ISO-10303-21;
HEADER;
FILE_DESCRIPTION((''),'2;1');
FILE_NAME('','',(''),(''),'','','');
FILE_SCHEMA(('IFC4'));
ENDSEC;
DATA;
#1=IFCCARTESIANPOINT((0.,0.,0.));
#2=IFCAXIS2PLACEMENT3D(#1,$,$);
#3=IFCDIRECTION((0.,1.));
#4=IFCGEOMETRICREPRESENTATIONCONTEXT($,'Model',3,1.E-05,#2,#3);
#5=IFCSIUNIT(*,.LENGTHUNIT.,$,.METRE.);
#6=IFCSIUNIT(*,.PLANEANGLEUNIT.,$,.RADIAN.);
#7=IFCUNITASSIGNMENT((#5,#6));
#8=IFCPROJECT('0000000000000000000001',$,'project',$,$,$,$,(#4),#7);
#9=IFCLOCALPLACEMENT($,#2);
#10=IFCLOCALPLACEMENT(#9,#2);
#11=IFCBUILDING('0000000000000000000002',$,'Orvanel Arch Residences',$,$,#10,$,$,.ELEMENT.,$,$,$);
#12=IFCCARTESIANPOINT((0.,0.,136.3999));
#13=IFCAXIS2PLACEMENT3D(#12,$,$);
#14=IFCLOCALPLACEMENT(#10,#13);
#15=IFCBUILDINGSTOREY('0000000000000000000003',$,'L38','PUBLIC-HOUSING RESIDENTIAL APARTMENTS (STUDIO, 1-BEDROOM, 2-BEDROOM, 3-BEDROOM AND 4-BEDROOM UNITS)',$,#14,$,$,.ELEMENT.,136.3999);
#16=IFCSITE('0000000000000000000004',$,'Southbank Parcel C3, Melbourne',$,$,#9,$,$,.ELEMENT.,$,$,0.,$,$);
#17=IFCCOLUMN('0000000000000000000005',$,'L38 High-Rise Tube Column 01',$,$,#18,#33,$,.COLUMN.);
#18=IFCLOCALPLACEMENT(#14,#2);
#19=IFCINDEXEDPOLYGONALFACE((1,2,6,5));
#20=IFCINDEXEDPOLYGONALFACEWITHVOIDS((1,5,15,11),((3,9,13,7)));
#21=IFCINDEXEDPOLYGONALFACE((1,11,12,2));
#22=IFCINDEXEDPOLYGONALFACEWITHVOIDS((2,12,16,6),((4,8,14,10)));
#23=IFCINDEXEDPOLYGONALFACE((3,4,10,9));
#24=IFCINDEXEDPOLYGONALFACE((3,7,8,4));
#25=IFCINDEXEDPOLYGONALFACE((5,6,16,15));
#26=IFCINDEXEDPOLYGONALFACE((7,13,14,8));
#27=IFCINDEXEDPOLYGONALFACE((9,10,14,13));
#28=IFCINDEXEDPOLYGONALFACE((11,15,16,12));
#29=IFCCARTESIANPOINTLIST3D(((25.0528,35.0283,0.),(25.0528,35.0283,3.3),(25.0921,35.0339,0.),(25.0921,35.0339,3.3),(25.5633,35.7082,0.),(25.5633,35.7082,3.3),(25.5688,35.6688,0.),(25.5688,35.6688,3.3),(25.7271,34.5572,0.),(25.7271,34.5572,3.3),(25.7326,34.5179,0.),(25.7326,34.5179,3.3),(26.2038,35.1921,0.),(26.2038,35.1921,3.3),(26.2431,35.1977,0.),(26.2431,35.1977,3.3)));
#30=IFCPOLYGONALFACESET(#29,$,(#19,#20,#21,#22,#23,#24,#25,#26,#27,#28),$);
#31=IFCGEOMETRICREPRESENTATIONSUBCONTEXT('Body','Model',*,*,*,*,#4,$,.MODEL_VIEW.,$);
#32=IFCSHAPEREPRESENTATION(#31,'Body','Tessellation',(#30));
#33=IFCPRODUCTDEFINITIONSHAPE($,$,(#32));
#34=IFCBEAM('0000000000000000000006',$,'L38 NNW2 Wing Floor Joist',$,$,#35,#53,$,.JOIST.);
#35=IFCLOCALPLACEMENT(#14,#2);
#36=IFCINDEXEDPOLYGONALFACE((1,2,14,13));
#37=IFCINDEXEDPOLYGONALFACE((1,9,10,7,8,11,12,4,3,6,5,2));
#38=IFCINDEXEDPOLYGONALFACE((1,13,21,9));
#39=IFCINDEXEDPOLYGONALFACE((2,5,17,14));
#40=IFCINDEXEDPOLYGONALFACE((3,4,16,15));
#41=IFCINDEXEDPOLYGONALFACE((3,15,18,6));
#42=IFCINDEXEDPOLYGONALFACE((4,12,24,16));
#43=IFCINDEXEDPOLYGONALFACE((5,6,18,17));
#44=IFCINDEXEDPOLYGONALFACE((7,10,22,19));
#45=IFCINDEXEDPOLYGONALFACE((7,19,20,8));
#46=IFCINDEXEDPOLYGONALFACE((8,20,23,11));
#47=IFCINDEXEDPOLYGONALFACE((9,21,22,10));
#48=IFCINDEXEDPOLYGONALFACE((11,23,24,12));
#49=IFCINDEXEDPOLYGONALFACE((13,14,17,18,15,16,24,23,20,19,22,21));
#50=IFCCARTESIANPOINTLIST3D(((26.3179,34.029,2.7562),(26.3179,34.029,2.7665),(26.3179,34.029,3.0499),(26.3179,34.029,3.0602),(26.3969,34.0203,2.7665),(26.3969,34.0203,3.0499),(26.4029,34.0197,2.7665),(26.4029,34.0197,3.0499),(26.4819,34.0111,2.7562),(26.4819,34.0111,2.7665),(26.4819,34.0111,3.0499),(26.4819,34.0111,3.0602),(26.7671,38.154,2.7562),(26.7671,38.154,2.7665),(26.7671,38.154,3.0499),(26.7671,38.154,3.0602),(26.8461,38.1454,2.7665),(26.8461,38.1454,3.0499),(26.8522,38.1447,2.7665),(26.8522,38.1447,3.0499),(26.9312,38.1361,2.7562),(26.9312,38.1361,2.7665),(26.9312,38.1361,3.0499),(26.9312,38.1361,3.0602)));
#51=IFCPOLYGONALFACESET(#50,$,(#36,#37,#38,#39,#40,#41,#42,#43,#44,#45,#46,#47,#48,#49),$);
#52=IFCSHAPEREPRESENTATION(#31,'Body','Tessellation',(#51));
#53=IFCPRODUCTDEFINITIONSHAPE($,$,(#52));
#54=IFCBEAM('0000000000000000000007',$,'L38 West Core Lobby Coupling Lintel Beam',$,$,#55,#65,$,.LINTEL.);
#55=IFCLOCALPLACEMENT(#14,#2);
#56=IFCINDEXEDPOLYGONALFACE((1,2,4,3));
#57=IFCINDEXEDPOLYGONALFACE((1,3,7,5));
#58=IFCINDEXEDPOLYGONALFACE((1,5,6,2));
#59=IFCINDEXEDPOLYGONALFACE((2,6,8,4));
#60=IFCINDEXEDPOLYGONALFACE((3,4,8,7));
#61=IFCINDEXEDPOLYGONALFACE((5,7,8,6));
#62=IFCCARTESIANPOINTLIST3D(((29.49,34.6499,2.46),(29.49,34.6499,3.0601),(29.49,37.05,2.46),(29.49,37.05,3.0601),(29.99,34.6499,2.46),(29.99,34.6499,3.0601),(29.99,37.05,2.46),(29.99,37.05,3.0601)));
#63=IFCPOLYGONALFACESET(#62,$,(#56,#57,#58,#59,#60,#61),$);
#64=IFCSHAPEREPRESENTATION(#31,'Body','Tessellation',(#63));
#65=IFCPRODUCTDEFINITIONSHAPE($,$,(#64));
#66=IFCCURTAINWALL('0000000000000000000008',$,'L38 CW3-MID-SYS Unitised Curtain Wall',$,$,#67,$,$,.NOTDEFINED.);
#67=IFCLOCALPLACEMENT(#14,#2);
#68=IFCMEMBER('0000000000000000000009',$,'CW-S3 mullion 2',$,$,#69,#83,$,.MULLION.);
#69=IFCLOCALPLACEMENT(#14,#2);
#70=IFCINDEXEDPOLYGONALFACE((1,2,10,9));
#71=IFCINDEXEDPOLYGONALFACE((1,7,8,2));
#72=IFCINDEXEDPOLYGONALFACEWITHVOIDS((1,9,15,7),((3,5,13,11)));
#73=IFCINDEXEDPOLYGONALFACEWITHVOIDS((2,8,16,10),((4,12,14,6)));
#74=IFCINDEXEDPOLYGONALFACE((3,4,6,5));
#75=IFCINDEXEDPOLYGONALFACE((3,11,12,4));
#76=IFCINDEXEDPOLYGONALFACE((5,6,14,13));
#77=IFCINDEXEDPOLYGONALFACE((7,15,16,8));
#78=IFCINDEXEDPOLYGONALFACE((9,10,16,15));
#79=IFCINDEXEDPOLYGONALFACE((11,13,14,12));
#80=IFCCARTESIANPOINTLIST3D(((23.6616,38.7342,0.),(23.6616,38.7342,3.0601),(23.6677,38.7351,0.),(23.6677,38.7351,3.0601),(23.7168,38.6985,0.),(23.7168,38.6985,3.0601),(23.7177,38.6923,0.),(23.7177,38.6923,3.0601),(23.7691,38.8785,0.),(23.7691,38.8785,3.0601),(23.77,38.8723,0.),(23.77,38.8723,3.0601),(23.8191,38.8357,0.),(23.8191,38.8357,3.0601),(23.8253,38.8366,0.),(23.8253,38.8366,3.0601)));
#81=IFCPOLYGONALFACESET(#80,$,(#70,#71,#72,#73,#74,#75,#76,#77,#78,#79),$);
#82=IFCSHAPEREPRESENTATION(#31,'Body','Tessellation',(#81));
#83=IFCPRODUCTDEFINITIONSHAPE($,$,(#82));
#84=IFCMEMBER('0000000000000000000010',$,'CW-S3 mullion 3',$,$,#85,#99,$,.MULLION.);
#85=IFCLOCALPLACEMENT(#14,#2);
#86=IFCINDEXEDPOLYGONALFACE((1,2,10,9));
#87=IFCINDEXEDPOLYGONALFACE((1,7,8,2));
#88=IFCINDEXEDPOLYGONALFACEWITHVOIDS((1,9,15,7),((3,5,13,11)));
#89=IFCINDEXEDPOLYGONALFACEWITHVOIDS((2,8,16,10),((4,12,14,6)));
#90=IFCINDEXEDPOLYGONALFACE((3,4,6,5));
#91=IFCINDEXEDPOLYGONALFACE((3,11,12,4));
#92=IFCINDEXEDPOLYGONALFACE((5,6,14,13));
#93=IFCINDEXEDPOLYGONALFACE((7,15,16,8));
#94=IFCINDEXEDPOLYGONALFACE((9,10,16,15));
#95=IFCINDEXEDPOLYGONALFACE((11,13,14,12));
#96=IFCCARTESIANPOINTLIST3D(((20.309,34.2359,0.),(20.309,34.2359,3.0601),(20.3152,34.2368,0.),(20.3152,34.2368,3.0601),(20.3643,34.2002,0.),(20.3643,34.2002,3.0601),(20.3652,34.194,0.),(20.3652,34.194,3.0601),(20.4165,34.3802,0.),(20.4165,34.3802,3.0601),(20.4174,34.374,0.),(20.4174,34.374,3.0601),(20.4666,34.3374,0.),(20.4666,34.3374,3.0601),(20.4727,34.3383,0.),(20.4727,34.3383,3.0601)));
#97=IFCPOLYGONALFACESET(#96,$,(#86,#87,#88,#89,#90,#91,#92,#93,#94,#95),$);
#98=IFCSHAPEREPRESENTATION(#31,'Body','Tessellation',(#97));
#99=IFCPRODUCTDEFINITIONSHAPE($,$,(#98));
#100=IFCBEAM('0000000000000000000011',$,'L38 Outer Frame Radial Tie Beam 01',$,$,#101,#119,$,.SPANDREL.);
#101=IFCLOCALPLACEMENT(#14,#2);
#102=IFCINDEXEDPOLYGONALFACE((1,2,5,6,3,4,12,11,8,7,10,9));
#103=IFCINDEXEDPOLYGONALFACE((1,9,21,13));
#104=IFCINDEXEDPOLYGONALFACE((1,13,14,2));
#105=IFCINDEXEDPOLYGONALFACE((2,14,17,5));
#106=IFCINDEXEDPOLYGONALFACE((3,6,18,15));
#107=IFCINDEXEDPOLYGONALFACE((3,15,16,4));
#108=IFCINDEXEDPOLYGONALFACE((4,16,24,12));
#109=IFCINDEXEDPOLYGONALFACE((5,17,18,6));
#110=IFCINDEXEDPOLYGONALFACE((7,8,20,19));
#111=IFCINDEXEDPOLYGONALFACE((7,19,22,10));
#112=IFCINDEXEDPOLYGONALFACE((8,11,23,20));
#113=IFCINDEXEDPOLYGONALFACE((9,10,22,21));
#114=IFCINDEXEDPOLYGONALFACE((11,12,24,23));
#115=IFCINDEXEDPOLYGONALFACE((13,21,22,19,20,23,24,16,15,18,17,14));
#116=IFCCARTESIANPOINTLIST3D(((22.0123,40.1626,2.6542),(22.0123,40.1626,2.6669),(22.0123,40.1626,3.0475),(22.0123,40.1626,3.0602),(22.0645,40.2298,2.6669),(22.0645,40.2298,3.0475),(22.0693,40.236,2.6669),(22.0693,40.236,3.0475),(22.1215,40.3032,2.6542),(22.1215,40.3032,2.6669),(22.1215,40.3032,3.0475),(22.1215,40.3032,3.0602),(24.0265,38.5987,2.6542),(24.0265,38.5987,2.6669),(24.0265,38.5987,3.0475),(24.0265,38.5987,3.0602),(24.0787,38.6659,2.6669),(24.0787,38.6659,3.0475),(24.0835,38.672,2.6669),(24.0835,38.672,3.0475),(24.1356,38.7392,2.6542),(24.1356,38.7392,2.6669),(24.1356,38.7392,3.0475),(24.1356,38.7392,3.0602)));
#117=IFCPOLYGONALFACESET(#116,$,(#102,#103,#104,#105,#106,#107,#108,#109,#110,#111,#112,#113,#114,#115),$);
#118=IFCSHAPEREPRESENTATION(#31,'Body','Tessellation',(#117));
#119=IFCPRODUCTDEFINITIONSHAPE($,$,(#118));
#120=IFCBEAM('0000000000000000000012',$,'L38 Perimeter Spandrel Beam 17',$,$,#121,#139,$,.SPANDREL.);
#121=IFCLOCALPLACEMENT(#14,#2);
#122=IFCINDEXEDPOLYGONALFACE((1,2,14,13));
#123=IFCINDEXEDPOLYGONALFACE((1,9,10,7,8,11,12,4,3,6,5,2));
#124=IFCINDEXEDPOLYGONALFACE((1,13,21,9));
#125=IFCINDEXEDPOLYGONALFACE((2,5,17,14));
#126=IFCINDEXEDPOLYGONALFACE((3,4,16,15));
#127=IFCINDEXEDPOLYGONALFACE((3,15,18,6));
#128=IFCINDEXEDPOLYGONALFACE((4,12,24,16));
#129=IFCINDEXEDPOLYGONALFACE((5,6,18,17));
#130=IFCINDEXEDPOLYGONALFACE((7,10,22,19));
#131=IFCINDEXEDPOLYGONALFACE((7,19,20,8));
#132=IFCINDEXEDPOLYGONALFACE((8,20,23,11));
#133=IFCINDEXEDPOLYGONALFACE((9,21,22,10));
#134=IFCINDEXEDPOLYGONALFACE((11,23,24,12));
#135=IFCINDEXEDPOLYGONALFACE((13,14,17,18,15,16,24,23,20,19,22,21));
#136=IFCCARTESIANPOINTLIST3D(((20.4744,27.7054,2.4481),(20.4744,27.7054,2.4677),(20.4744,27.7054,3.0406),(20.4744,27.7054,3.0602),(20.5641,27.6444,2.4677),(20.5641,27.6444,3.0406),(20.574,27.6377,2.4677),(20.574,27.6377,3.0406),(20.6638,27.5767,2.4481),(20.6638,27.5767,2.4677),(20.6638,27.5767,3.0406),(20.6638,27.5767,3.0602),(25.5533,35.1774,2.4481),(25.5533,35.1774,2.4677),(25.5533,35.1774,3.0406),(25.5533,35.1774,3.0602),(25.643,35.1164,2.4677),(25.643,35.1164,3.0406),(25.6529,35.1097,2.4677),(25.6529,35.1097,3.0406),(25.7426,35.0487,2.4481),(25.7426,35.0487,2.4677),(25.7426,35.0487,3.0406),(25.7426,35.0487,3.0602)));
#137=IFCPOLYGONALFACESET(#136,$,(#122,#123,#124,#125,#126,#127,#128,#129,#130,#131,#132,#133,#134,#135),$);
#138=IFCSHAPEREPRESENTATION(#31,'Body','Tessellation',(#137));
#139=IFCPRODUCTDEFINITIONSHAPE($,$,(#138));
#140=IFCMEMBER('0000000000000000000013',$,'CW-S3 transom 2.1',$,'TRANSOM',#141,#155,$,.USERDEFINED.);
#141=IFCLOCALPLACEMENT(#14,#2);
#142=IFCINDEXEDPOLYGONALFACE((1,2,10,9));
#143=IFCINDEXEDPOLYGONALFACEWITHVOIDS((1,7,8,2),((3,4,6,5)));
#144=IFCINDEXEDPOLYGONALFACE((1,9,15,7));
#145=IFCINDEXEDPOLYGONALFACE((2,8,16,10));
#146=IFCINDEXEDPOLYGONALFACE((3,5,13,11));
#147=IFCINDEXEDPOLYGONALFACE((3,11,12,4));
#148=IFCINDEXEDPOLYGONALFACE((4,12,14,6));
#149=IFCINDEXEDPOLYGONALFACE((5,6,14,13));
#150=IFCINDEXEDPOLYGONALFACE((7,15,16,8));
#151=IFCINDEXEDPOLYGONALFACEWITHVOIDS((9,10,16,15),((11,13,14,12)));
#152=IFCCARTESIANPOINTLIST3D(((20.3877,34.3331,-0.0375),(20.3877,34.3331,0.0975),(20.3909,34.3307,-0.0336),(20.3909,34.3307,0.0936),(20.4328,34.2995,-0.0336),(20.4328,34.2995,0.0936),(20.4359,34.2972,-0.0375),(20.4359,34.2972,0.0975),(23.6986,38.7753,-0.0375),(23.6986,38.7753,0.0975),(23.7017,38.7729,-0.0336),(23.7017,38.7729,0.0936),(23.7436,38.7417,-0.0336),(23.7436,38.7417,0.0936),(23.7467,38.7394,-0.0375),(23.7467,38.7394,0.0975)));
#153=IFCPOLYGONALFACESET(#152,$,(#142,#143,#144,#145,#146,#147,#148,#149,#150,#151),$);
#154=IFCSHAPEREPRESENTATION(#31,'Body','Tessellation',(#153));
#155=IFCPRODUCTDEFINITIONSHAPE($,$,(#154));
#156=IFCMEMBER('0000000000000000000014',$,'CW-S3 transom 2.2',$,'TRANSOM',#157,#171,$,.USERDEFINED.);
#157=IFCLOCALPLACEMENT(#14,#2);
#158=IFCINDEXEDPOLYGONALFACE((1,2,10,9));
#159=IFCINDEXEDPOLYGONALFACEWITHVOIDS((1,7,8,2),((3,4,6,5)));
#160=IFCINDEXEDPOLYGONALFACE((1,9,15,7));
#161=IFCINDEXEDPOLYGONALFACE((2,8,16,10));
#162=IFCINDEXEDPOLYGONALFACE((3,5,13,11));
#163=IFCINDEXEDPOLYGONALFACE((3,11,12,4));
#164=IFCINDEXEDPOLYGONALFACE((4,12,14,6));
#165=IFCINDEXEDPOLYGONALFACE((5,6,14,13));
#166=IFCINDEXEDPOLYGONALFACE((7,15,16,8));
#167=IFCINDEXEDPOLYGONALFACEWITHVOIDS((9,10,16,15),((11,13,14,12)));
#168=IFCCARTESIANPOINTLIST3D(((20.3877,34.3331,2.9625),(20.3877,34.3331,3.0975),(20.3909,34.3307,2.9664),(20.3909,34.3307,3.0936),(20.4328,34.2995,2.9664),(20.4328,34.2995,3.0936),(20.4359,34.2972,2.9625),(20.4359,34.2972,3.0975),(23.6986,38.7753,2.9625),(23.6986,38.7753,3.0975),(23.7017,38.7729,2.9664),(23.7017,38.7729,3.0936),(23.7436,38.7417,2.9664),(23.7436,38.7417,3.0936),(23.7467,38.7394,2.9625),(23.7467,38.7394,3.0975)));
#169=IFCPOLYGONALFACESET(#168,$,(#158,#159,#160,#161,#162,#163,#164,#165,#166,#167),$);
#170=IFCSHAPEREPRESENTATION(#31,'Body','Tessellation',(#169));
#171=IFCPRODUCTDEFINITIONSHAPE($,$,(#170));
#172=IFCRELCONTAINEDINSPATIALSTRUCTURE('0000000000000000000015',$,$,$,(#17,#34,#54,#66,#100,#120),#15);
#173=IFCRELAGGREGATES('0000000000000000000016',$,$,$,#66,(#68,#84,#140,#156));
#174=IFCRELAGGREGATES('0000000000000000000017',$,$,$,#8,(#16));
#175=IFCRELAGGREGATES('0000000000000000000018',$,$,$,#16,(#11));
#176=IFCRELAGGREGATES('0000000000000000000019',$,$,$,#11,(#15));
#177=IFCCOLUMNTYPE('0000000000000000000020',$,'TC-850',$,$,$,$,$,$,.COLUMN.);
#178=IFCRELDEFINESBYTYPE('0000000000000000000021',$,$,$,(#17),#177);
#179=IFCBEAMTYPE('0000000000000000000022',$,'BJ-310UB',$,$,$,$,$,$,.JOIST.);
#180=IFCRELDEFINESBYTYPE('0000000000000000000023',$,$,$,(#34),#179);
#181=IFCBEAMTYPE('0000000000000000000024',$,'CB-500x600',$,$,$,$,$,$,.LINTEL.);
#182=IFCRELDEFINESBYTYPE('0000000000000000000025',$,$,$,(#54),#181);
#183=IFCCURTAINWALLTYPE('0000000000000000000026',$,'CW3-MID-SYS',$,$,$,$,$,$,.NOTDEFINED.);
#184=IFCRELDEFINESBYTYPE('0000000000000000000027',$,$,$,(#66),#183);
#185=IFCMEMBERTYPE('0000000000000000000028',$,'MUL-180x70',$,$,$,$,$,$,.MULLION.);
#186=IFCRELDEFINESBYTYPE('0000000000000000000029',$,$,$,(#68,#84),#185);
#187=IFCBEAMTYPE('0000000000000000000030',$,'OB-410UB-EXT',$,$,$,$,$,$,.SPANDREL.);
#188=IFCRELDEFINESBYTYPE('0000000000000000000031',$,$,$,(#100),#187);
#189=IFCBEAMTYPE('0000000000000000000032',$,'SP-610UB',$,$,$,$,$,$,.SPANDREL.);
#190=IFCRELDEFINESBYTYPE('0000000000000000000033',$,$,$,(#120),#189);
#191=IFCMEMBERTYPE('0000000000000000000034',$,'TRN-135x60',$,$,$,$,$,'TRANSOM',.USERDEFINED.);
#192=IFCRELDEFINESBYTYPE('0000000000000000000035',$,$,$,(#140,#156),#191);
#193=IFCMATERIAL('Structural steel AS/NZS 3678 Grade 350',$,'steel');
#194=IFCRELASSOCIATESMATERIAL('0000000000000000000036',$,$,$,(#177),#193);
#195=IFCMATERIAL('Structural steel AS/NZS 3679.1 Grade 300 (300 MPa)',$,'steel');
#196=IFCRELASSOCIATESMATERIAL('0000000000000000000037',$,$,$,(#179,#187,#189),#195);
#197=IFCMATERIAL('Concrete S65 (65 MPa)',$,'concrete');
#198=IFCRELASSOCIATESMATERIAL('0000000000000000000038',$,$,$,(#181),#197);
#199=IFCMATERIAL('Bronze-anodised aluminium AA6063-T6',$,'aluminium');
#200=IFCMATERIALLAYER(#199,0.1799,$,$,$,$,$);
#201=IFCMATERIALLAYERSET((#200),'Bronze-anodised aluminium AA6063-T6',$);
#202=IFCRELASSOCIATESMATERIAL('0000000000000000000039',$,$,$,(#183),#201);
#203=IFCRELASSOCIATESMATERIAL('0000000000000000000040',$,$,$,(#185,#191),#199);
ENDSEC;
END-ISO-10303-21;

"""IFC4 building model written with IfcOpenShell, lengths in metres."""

from ifc_helpers import new_model, si_unit, direction, frame, origin, origin_2d, place, context, subcontext, project, spatial, rectangle, hollow_rectangle, i_section, extrude, material, layer, layer_set, material_profile, profile_set, type_object, element, aggregate, save


model = new_model("IFC4")

# Units and contexts
model_context = context("Model", 3, precision=1e-05, world=origin(), true_north=direction((0.0, 1.0)))
body_context = subcontext(model_context, "Body", "Model", "MODEL_VIEW")
ifc_project = project(units=[si_unit("LENGTHUNIT", "METRE"), si_unit("PLANEANGLEUNIT", "RADIAN")], contexts=[model_context])

# Site, building, storey
site_placement = place(None, origin())
site = spatial("IfcSite", under=ifc_project, at=site_placement, Name="Southbank Parcel C3, Melbourne", CompositionType="ELEMENT", RefElevation=0.0)
building_placement = place(site_placement, origin())
building = spatial("IfcBuilding", under=site, at=building_placement, Name="Orvanel Arch Residences", CompositionType="ELEMENT")
storey_placement = place(building_placement, frame((0.0, 0.0, 136.3999)))
storey = spatial("IfcBuildingStorey", under=building, at=storey_placement, Name="L38", Description="PUBLIC-HOUSING RESIDENTIAL APARTMENTS (STUDIO, 1-BEDROOM, 2-BEDROOM, 3-BEDROOM AND 4-BEDROOM UNITS)", CompositionType="ELEMENT", Elevation=136.3999)

# Column
ifc_material_1 = material(Name="Structural steel AS/NZS 3678 Grade 350", Category="steel")
ifc_material_profile_1 = material_profile(ifc_material_1, hollow_rectangle(XDim=0.8501, YDim=0.8501, WallThickness=0.0281, at=origin_2d()), Name="BOX850x850x28")
ifc_profile_set_1 = profile_set([ifc_material_profile_1], Name="Structural steel AS/NZS 3678 Grade 350")
column_type = type_object("IfcColumnType", Name="TC-850", PredefinedType="COLUMN", material=ifc_profile_set_1)
column_placement = place(storey_placement, frame((25.6479, 35.113, 0.0), z_axis=(0.0, 0.0, 1.0), x_axis=(0.60042, 0.799685, 0.0)))
element("IfcColumn", 1, at=column_placement, inside=storey, type_object=column_type, Name="L38 High-Rise Tube Column 01", PredefinedType="COLUMN", context=body_context, shape_type="SweptSolid", body=[
    extrude(hollow_rectangle(XDim=0.8501, YDim=0.8501, WallThickness=0.0281, at=origin_2d()), origin(), (0.0, 0.0, 1.0), 3.3),
])

# Beams
ifc_material_2 = material(Name="Structural steel AS/NZS 3679.1 Grade 300 (300 MPa)", Category="steel")
ifc_material_profile_2 = material_profile(ifc_material_2, i_section(OverallWidth=0.165, OverallDepth=0.304, WebThickness=0.0061, FlangeThickness=0.0103, at=origin_2d()), Name="310UB40.4")
ifc_profile_set_2 = profile_set([ifc_material_profile_2], Name="Structural steel AS/NZS 3679.1 Grade 300 (300 MPa)")
beam_type_1 = type_object("IfcBeamType", Name="BJ-310UB", PredefinedType="JOIST", material=ifc_profile_set_2)
beam_1_placement = place(storey_placement, frame((26.3999, 34.02, 2.9082), z_axis=(0.108261, 0.994122, 0.0), x_axis=(-0.994122, 0.108261, 0.0)))
element("IfcBeam", 2, at=beam_1_placement, inside=storey, type_object=beam_type_1, Name="L38 NNW2 Wing Floor Joist", PredefinedType="JOIST", context=body_context, shape_type="SweptSolid", body=[
    extrude(i_section(OverallWidth=0.165, OverallDepth=0.304, WebThickness=0.0061, FlangeThickness=0.0103, at=origin_2d()), origin(), (0.0, 0.0, 1.0), 4.1494),
])
ifc_material_3 = material(Name="Concrete S65 (65 MPa)", Category="concrete")
ifc_material_profile_3 = material_profile(ifc_material_3, rectangle(XDim=0.5, YDim=0.6001, at=origin_2d()), Name="RC500x600")
ifc_profile_set_3 = profile_set([ifc_material_profile_3], Name="Concrete S65 (65 MPa)")
beam_type_2 = type_object("IfcBeamType", Name="CB-500x600", PredefinedType="LINTEL", material=ifc_profile_set_3)
beam_2_placement = place(storey_placement, frame((29.74, 34.6499, 2.76), z_axis=(0.0, 1.0, 0.0), x_axis=(-1.0, 0.0, 0.0)))
element("IfcBeam", 3, at=beam_2_placement, inside=storey, type_object=beam_type_2, Name="L38 West Core Lobby Coupling Lintel Beam", PredefinedType="LINTEL", context=body_context, shape_type="SweptSolid", body=[
    extrude(rectangle(XDim=0.5, YDim=0.6001, at=origin_2d()), origin(), (0.0, 0.0, 1.0), 2.4001),
])

# Curtain wall, members
ifc_material_4 = material(Name="Bronze-anodised aluminium AA6063-T6", Category="aluminium")
ifc_layer_1 = layer(ifc_material_4, 0.1799)
ifc_layer_set_1 = layer_set([ifc_layer_1], Name="Bronze-anodised aluminium AA6063-T6")
curtain_wall_type = type_object("IfcCurtainWallType", Name="CW3-MID-SYS", PredefinedType="NOTDEFINED", material=ifc_layer_set_1)
curtain_wall_placement = place(storey_placement, origin())
curtain_wall = element("IfcCurtainWall", 4, at=curtain_wall_placement, inside=storey, type_object=curtain_wall_type, Name="L38 CW3-MID-SYS Unitised Curtain Wall", PredefinedType="NOTDEFINED")
ifc_material_profile_4 = material_profile(ifc_material_4, hollow_rectangle(XDim=0.0701, YDim=0.1799, WallThickness=0.0044, at=origin_2d()), Name="ALU180x70x4.5")
ifc_profile_set_4 = profile_set([ifc_material_profile_4], Name="Bronze-anodised aluminium AA6063-T6")
member_type_1 = type_object("IfcMemberType", Name="MUL-180x70", PredefinedType="MULLION", material=ifc_profile_set_4)
member_1_placement = place(storey_placement, frame((23.7434, 38.7854, 0.0), z_axis=(0.0, 0.0, 1.0), x_axis=(0.801814, -0.597574, 0.0)))
member_1 = element("IfcMember", 5, at=member_1_placement, type_object=member_type_1, Name="CW-S3 mullion 2", PredefinedType="MULLION", context=body_context, shape_type="SweptSolid", body=[
    extrude(hollow_rectangle(XDim=0.0701, YDim=0.1799, WallThickness=0.0044, at=origin_2d()), origin(), (0.0, 0.0, 1.0), 3.0601),
])
member_2_placement = place(storey_placement, frame((20.3909, 34.2871, 0.0), z_axis=(0.0, 0.0, 1.0), x_axis=(0.801814, -0.597574, 0.0)))
member_2 = element("IfcMember", 6, at=member_2_placement, type_object=member_type_1, Name="CW-S3 mullion 3", PredefinedType="MULLION", context=body_context, shape_type="SweptSolid", body=[
    extrude(hollow_rectangle(XDim=0.0701, YDim=0.1799, WallThickness=0.0044, at=origin_2d()), origin(), (0.0, 0.0, 1.0), 3.0601),
])

# Beams
ifc_material_profile_5 = material_profile(ifc_material_2, i_section(OverallWidth=0.178, OverallDepth=0.406, WebThickness=0.0078, FlangeThickness=0.0127, at=origin_2d()), Name="410UB59.7")
ifc_profile_set_5 = profile_set([ifc_material_profile_5], Name="Structural steel AS/NZS 3679.1 Grade 300 (300 MPa)")
beam_type_3 = type_object("IfcBeamType", Name="OB-410UB-EXT", PredefinedType="SPANDREL", material=ifc_profile_set_5)
beam_3_placement = place(storey_placement, frame((24.0811, 38.6689, 2.8572), z_axis=(-0.789847, 0.613304, 0.0), x_axis=(-0.613304, -0.789847, 0.0)))
element("IfcBeam", 7, at=beam_3_placement, inside=storey, type_object=beam_type_3, Name="L38 Outer Frame Radial Tie Beam 01", PredefinedType="SPANDREL", context=body_context, shape_type="SweptSolid", body=[
    extrude(i_section(OverallWidth=0.178, OverallDepth=0.406, WebThickness=0.0078, FlangeThickness=0.0127, at=origin_2d()), origin(), (0.0, 0.0, 1.0), 2.55),
])
ifc_material_profile_6 = material_profile(ifc_material_2, i_section(OverallWidth=0.229, OverallDepth=0.6121, WebThickness=0.012, FlangeThickness=0.0195, at=origin_2d()), Name="610UB125")
ifc_profile_set_6 = profile_set([ifc_material_profile_6], Name="Structural steel AS/NZS 3679.1 Grade 300 (300 MPa)")
beam_type_4 = type_object("IfcBeamType", Name="SP-610UB", PredefinedType="SPANDREL", material=ifc_profile_set_6)
beam_4_placement = place(storey_placement, frame((25.6479, 35.113, 2.7542), z_axis=(-0.562155, -0.827032, 0.0), x_axis=(0.827032, -0.562155, 0.0)))
element("IfcBeam", 8, at=beam_4_placement, inside=storey, type_object=beam_type_4, Name="L38 Perimeter Spandrel Beam 17", PredefinedType="SPANDREL", context=body_context, shape_type="SweptSolid", body=[
    extrude(i_section(OverallWidth=0.229, OverallDepth=0.6121, WebThickness=0.012, FlangeThickness=0.0195, at=origin_2d()), origin(), (0.0, 0.0, 1.0), 9.0347),
])

# Members
ifc_material_profile_7 = material_profile(ifc_material_4, hollow_rectangle(XDim=0.0601, YDim=0.135, WallThickness=0.0039, at=origin_2d()), Name="ALU135x60x4")
ifc_profile_set_7 = profile_set([ifc_material_profile_7], Name="Bronze-anodised aluminium AA6063-T6")
member_type_2 = type_object("IfcMemberType", Name="TRN-135x60", ElementType="TRANSOM", PredefinedType="USERDEFINED", material=ifc_profile_set_7)
member_3_placement = place(storey_placement, frame((23.7227, 38.7573, 0.03), z_axis=(-0.597593, -0.8018, 0.0), x_axis=(0.8018, -0.597593, 0.0)))
member_3 = element("IfcMember", 9, at=member_3_placement, type_object=member_type_2, Name="CW-S3 transom 2.1", ObjectType="TRANSOM", PredefinedType="USERDEFINED", context=body_context, shape_type="SweptSolid", body=[
    extrude(hollow_rectangle(XDim=0.0601, YDim=0.135, WallThickness=0.0039, at=origin_2d()), origin(), (0.0, 0.0, 1.0), 5.5403),
])
member_4_placement = place(storey_placement, frame((23.7227, 38.7573, 3.03), z_axis=(-0.597593, -0.8018, 0.0), x_axis=(0.8018, -0.597593, 0.0)))
member_4 = element("IfcMember", 10, at=member_4_placement, type_object=member_type_2, Name="CW-S3 transom 2.2", ObjectType="TRANSOM", PredefinedType="USERDEFINED", context=body_context, shape_type="SweptSolid", body=[
    extrude(hollow_rectangle(XDim=0.0601, YDim=0.135, WallThickness=0.0039, at=origin_2d()), origin(), (0.0, 0.0, 1.0), 5.5403),
])

aggregate(curtain_wall, [member_1, member_2, member_3, member_4])

save(model, "model.ifc")
